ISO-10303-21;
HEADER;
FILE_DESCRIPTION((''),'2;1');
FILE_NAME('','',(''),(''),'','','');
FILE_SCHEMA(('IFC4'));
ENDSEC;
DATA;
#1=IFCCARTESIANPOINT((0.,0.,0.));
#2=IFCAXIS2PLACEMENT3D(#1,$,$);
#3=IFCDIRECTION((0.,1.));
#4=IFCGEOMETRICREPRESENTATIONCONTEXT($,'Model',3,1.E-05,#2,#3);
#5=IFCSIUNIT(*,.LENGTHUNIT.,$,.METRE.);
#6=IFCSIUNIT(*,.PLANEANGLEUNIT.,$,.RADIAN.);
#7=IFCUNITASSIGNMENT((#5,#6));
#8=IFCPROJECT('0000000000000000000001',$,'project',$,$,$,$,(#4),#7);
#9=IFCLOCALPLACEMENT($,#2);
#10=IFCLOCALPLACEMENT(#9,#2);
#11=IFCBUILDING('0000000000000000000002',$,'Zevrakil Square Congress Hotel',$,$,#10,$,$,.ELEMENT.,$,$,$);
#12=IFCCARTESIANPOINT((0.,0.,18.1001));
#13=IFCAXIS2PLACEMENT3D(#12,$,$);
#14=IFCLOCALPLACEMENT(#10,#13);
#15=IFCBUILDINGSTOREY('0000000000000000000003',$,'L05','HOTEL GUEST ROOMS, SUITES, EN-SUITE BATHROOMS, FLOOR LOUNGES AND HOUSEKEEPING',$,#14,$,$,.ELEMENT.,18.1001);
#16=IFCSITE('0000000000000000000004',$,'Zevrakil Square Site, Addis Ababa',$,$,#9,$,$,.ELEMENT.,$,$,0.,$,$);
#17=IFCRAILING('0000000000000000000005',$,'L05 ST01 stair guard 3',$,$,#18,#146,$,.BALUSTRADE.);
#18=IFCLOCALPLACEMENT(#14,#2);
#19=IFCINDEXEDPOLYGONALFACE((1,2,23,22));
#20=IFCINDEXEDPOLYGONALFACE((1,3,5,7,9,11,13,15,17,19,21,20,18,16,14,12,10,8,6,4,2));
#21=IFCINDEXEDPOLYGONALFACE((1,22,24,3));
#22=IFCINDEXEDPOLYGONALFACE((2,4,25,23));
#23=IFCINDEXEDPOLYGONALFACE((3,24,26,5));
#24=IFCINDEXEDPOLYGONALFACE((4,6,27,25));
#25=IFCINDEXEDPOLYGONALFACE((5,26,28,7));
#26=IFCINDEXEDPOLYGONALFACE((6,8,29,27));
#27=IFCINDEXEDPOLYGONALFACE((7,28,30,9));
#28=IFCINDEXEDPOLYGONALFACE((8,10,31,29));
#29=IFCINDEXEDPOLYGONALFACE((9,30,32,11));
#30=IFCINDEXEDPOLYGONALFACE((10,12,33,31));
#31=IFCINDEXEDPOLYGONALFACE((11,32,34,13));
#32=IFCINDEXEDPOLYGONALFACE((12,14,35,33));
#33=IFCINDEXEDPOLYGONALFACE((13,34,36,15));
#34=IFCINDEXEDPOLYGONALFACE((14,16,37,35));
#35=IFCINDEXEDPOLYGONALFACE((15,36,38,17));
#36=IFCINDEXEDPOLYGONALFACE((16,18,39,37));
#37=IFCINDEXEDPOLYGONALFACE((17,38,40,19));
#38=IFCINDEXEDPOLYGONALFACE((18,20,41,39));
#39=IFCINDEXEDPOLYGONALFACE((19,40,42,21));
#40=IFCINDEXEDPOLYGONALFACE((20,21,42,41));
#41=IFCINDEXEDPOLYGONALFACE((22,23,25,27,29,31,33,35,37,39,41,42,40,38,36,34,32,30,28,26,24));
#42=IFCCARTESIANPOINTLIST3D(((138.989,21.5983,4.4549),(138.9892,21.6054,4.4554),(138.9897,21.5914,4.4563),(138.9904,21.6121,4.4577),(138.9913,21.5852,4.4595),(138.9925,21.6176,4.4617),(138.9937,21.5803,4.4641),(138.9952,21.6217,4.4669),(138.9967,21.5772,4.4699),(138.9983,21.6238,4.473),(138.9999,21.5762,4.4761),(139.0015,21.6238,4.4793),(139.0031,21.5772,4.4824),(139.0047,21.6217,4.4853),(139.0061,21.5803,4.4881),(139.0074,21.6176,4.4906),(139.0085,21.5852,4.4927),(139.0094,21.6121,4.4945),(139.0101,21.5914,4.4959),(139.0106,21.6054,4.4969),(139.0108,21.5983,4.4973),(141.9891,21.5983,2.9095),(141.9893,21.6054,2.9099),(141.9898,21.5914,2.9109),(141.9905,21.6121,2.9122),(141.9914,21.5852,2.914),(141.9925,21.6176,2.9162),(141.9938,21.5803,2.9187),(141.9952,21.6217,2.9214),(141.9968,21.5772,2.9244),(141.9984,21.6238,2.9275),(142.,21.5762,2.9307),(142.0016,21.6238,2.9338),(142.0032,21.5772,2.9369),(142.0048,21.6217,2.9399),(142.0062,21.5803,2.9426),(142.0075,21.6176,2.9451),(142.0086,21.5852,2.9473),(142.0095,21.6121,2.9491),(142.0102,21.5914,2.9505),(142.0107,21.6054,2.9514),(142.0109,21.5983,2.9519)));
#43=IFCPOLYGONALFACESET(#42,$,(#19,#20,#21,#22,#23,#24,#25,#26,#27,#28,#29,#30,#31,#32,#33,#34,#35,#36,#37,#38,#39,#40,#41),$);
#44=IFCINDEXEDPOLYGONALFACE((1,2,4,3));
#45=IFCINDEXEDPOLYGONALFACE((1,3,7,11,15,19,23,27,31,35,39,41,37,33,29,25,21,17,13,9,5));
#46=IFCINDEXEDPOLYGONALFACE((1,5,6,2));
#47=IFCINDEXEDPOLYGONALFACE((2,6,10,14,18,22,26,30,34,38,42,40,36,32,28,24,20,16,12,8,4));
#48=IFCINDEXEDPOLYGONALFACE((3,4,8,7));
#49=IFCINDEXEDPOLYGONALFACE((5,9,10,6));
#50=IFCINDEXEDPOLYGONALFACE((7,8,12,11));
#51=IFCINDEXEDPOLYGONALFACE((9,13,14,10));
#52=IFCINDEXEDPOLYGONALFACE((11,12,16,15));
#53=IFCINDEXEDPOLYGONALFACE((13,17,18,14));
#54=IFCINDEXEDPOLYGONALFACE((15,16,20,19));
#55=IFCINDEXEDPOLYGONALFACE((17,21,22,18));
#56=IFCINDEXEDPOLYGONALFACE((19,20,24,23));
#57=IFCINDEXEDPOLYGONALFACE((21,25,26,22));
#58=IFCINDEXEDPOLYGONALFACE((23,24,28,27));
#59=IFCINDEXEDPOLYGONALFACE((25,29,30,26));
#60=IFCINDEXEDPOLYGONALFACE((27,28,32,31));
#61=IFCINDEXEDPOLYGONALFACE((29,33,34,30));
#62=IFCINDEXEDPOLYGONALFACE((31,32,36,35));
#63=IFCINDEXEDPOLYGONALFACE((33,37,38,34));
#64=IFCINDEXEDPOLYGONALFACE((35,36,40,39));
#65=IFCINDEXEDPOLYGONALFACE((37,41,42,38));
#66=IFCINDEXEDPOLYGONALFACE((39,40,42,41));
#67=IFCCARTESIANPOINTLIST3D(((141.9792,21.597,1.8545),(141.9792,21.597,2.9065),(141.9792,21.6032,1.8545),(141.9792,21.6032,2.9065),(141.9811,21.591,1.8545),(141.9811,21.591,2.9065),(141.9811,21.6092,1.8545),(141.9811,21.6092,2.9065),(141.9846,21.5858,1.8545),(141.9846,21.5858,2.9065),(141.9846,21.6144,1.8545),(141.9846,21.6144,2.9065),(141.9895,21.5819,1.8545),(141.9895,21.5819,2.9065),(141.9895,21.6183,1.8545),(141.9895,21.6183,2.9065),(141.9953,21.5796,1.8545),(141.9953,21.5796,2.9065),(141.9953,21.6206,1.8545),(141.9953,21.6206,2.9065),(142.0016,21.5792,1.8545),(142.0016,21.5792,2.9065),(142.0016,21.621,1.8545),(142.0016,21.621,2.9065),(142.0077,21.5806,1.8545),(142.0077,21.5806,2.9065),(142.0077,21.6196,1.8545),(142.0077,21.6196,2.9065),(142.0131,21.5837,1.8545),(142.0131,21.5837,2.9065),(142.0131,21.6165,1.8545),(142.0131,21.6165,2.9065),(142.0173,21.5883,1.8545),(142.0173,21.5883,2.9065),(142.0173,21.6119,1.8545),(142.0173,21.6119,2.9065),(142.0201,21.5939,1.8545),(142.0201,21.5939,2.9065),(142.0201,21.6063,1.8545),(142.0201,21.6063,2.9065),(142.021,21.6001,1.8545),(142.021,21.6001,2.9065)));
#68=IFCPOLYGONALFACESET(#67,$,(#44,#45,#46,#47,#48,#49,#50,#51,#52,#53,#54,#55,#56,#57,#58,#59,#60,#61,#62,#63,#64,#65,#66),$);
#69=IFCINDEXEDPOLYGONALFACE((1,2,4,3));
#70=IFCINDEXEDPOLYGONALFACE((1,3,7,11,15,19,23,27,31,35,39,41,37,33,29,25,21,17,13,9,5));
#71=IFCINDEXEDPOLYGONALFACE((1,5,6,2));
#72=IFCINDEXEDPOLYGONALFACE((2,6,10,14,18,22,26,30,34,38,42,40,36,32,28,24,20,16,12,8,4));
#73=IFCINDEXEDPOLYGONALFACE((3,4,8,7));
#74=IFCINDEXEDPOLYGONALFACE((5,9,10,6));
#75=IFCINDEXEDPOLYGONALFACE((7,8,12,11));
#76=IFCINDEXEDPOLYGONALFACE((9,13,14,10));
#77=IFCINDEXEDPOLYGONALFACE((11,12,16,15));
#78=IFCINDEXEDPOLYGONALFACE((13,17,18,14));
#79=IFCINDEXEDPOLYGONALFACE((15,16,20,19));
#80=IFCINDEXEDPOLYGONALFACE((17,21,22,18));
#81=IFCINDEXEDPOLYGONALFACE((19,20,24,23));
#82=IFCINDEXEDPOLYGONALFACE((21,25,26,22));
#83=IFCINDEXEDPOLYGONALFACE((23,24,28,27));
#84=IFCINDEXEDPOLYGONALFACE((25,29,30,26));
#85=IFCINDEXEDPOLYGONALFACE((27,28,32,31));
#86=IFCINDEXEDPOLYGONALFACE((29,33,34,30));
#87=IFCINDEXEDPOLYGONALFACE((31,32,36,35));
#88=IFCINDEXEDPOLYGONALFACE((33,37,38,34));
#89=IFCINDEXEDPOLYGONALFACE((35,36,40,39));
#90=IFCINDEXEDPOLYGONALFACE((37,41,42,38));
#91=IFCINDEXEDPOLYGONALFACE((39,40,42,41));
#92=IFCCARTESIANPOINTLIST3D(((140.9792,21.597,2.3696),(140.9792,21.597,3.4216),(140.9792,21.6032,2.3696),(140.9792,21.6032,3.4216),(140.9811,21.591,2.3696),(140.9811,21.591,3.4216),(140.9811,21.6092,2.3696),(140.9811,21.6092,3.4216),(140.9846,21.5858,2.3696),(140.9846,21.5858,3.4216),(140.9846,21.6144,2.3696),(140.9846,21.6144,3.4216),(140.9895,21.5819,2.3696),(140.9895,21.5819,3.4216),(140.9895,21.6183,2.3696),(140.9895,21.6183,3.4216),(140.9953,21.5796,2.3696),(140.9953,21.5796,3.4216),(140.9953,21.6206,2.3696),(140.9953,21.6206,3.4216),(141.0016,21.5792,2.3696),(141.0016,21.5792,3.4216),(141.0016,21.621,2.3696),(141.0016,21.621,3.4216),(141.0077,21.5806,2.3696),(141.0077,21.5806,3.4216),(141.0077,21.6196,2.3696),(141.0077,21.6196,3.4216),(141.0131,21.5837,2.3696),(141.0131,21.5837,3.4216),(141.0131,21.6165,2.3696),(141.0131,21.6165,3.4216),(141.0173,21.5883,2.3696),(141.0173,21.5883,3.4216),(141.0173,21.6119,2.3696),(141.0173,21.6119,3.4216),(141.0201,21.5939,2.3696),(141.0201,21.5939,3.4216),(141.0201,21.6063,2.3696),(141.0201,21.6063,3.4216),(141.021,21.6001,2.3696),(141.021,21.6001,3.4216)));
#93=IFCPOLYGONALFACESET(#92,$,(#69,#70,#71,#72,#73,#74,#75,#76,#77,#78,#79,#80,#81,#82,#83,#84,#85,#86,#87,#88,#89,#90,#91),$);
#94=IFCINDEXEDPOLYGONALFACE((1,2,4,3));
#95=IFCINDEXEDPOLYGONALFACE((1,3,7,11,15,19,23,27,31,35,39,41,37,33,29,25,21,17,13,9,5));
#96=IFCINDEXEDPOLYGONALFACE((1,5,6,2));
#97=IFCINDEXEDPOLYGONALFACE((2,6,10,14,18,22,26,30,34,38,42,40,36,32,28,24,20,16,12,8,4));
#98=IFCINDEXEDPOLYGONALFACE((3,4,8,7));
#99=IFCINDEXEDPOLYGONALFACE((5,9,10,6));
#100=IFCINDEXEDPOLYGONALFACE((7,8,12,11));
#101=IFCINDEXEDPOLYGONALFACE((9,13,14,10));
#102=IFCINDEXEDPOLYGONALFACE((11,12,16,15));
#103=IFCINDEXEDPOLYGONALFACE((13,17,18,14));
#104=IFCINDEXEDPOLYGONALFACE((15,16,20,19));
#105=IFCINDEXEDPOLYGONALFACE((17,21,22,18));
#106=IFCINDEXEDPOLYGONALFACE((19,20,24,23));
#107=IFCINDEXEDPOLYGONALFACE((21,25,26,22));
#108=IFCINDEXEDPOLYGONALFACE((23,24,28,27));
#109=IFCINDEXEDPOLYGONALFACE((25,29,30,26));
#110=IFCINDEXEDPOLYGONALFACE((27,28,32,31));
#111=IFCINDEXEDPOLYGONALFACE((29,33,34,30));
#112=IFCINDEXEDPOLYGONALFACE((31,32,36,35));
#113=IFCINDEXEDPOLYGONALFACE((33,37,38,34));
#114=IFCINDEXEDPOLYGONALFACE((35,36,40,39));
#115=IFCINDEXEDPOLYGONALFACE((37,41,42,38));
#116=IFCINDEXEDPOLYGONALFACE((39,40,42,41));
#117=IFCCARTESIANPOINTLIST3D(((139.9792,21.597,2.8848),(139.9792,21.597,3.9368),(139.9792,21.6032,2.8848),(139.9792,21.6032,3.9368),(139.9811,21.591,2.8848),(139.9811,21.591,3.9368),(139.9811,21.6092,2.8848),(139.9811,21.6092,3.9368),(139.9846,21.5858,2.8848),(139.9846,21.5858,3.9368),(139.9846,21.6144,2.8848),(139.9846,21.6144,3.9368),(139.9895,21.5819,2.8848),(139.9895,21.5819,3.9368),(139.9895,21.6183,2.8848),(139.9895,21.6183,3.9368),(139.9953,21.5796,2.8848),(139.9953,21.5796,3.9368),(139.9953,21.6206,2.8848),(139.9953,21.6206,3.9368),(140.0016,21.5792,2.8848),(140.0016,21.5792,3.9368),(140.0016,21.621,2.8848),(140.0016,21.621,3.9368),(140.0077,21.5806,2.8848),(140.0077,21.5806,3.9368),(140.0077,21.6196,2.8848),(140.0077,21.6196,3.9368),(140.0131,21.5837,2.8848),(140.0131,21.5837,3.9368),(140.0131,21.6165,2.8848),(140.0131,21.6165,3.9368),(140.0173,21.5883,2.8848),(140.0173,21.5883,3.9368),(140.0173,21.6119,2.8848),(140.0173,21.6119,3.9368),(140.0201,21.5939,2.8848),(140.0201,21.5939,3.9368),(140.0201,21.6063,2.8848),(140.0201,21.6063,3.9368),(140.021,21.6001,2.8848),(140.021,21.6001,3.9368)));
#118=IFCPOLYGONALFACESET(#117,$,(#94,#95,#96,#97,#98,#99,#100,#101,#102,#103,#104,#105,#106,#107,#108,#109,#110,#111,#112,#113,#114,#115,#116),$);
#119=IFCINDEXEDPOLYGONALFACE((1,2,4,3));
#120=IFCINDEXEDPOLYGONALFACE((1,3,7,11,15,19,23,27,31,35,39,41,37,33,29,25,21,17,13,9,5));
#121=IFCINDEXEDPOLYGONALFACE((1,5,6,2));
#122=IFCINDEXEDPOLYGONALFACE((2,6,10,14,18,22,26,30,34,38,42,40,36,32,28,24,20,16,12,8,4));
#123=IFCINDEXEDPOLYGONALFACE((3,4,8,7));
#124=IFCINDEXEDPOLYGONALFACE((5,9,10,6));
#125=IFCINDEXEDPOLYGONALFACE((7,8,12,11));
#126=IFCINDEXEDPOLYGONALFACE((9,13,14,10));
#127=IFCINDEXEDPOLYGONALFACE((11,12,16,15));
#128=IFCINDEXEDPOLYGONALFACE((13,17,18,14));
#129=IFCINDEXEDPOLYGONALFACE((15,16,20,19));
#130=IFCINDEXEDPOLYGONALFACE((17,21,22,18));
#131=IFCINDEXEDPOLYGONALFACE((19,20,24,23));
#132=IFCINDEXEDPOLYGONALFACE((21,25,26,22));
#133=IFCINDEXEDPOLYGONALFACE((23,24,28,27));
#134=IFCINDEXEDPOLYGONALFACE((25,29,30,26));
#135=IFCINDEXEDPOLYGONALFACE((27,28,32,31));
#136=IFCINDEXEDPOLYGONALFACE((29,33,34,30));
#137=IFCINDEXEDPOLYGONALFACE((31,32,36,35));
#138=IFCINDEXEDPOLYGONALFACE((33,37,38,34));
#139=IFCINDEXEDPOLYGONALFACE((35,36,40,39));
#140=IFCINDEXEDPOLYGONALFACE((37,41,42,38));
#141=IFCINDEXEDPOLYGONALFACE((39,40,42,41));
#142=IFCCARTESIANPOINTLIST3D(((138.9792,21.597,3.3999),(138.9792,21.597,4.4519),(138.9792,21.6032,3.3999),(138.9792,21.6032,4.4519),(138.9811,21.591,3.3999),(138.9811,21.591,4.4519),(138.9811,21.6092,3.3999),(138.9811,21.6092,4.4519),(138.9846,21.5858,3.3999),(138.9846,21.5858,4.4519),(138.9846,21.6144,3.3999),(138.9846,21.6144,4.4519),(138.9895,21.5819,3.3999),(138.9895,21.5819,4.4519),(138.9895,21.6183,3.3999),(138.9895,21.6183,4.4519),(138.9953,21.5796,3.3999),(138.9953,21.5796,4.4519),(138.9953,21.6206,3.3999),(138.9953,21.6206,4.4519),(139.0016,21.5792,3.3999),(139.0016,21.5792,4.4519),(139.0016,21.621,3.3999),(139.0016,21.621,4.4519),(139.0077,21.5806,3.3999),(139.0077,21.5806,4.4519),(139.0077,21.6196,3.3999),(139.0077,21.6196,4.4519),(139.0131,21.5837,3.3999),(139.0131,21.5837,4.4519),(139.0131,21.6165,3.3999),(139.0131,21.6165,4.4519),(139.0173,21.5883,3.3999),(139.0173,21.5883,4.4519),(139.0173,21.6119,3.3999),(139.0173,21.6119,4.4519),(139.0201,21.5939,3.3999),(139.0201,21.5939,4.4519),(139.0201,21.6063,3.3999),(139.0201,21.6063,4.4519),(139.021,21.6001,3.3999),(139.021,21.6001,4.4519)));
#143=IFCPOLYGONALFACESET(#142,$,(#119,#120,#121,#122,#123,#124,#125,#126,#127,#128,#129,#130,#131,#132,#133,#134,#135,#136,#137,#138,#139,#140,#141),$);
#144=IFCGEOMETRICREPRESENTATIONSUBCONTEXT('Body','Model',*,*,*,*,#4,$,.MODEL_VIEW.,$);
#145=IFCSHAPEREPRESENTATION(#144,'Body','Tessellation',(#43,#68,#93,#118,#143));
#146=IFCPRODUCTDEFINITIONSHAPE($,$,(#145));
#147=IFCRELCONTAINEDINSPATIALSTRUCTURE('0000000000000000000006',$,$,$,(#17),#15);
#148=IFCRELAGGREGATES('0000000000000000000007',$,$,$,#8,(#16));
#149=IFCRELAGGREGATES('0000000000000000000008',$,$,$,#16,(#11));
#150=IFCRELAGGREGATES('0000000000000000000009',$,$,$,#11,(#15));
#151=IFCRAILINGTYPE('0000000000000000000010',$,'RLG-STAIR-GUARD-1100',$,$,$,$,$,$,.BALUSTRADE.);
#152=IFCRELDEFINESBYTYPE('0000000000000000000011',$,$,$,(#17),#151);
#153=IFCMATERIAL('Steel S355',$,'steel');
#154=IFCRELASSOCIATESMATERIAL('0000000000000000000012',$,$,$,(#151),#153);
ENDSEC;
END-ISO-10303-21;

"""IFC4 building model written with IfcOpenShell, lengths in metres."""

from ifc_helpers import new_model, si_unit, direction, frame, origin, origin_2d, place, context, subcontext, project, spatial, circle, extrude, material, type_object, element, save


model = new_model("IFC4")

# Units and contexts
model_context = context("Model", 3, precision=1e-05, world=origin(), true_north=direction((0.0, 1.0)))
body_context = subcontext(model_context, "Body", "Model", "MODEL_VIEW")
ifc_project = project(units=[si_unit("LENGTHUNIT", "METRE"), si_unit("PLANEANGLEUNIT", "RADIAN")], contexts=[model_context])

# Site, building, storey
site_placement = place(None, origin())
site = spatial("IfcSite", under=ifc_project, at=site_placement, Name="Zevrakil Square Site, Addis Ababa", CompositionType="ELEMENT", RefElevation=0.0)
building_placement = place(site_placement, origin())
building = spatial("IfcBuilding", under=site, at=building_placement, Name="Zevrakil Square Congress Hotel", CompositionType="ELEMENT")
storey_placement = place(building_placement, frame((0.0, 0.0, 18.1001)))
storey = spatial("IfcBuildingStorey", under=building, at=storey_placement, Name="L05", Description="HOTEL GUEST ROOMS, SUITES, EN-SUITE BATHROOMS, FLOOR LOUNGES AND HOUSEKEEPING", CompositionType="ELEMENT", Elevation=18.1001)

# Railing
ifc_material_1 = material(Name="Steel S355", Category="steel")
railing_type_1 = type_object("IfcRailingType", Name="RLG-STAIR-GUARD-1100", PredefinedType="BALUSTRADE", material=ifc_material_1)
railing_1_placement = place(storey_placement, frame((142.0, 21.6001, 1.8545)))
element("IfcRailing", 1, at=railing_1_placement, inside=storey, type_object=railing_type_1, Name="L05 ST01 stair guard 3", PredefinedType="BALUSTRADE", context=body_context, shape_type="SweptSolid", body=[
    extrude(circle(Radius=0.0239, at=origin_2d()), frame((0.0, 0.0, 1.0762), z_axis=(-0.88898, 0.0, 0.457946), x_axis=(0.0, -1.0, 0.0)), (0.0, 0.0, 1.0), 3.3748),
    extrude(circle(Radius=0.021, at=origin_2d()), origin(), (0.0, 0.0, 1.0), 1.052),
    extrude(circle(Radius=0.021, at=origin_2d()), frame((-1.0, 0.0, 0.5151)), (0.0, 0.0, 1.0), 1.052),
    extrude(circle(Radius=0.021, at=origin_2d()), frame((-2.0, 0.0, 1.0303)), (0.0, 0.0, 1.0), 1.052),
    extrude(circle(Radius=0.021, at=origin_2d()), frame((-3.0, 0.0, 1.5454)), (0.0, 0.0, 1.0), 1.052),
])

save(model, "model.ifc")
